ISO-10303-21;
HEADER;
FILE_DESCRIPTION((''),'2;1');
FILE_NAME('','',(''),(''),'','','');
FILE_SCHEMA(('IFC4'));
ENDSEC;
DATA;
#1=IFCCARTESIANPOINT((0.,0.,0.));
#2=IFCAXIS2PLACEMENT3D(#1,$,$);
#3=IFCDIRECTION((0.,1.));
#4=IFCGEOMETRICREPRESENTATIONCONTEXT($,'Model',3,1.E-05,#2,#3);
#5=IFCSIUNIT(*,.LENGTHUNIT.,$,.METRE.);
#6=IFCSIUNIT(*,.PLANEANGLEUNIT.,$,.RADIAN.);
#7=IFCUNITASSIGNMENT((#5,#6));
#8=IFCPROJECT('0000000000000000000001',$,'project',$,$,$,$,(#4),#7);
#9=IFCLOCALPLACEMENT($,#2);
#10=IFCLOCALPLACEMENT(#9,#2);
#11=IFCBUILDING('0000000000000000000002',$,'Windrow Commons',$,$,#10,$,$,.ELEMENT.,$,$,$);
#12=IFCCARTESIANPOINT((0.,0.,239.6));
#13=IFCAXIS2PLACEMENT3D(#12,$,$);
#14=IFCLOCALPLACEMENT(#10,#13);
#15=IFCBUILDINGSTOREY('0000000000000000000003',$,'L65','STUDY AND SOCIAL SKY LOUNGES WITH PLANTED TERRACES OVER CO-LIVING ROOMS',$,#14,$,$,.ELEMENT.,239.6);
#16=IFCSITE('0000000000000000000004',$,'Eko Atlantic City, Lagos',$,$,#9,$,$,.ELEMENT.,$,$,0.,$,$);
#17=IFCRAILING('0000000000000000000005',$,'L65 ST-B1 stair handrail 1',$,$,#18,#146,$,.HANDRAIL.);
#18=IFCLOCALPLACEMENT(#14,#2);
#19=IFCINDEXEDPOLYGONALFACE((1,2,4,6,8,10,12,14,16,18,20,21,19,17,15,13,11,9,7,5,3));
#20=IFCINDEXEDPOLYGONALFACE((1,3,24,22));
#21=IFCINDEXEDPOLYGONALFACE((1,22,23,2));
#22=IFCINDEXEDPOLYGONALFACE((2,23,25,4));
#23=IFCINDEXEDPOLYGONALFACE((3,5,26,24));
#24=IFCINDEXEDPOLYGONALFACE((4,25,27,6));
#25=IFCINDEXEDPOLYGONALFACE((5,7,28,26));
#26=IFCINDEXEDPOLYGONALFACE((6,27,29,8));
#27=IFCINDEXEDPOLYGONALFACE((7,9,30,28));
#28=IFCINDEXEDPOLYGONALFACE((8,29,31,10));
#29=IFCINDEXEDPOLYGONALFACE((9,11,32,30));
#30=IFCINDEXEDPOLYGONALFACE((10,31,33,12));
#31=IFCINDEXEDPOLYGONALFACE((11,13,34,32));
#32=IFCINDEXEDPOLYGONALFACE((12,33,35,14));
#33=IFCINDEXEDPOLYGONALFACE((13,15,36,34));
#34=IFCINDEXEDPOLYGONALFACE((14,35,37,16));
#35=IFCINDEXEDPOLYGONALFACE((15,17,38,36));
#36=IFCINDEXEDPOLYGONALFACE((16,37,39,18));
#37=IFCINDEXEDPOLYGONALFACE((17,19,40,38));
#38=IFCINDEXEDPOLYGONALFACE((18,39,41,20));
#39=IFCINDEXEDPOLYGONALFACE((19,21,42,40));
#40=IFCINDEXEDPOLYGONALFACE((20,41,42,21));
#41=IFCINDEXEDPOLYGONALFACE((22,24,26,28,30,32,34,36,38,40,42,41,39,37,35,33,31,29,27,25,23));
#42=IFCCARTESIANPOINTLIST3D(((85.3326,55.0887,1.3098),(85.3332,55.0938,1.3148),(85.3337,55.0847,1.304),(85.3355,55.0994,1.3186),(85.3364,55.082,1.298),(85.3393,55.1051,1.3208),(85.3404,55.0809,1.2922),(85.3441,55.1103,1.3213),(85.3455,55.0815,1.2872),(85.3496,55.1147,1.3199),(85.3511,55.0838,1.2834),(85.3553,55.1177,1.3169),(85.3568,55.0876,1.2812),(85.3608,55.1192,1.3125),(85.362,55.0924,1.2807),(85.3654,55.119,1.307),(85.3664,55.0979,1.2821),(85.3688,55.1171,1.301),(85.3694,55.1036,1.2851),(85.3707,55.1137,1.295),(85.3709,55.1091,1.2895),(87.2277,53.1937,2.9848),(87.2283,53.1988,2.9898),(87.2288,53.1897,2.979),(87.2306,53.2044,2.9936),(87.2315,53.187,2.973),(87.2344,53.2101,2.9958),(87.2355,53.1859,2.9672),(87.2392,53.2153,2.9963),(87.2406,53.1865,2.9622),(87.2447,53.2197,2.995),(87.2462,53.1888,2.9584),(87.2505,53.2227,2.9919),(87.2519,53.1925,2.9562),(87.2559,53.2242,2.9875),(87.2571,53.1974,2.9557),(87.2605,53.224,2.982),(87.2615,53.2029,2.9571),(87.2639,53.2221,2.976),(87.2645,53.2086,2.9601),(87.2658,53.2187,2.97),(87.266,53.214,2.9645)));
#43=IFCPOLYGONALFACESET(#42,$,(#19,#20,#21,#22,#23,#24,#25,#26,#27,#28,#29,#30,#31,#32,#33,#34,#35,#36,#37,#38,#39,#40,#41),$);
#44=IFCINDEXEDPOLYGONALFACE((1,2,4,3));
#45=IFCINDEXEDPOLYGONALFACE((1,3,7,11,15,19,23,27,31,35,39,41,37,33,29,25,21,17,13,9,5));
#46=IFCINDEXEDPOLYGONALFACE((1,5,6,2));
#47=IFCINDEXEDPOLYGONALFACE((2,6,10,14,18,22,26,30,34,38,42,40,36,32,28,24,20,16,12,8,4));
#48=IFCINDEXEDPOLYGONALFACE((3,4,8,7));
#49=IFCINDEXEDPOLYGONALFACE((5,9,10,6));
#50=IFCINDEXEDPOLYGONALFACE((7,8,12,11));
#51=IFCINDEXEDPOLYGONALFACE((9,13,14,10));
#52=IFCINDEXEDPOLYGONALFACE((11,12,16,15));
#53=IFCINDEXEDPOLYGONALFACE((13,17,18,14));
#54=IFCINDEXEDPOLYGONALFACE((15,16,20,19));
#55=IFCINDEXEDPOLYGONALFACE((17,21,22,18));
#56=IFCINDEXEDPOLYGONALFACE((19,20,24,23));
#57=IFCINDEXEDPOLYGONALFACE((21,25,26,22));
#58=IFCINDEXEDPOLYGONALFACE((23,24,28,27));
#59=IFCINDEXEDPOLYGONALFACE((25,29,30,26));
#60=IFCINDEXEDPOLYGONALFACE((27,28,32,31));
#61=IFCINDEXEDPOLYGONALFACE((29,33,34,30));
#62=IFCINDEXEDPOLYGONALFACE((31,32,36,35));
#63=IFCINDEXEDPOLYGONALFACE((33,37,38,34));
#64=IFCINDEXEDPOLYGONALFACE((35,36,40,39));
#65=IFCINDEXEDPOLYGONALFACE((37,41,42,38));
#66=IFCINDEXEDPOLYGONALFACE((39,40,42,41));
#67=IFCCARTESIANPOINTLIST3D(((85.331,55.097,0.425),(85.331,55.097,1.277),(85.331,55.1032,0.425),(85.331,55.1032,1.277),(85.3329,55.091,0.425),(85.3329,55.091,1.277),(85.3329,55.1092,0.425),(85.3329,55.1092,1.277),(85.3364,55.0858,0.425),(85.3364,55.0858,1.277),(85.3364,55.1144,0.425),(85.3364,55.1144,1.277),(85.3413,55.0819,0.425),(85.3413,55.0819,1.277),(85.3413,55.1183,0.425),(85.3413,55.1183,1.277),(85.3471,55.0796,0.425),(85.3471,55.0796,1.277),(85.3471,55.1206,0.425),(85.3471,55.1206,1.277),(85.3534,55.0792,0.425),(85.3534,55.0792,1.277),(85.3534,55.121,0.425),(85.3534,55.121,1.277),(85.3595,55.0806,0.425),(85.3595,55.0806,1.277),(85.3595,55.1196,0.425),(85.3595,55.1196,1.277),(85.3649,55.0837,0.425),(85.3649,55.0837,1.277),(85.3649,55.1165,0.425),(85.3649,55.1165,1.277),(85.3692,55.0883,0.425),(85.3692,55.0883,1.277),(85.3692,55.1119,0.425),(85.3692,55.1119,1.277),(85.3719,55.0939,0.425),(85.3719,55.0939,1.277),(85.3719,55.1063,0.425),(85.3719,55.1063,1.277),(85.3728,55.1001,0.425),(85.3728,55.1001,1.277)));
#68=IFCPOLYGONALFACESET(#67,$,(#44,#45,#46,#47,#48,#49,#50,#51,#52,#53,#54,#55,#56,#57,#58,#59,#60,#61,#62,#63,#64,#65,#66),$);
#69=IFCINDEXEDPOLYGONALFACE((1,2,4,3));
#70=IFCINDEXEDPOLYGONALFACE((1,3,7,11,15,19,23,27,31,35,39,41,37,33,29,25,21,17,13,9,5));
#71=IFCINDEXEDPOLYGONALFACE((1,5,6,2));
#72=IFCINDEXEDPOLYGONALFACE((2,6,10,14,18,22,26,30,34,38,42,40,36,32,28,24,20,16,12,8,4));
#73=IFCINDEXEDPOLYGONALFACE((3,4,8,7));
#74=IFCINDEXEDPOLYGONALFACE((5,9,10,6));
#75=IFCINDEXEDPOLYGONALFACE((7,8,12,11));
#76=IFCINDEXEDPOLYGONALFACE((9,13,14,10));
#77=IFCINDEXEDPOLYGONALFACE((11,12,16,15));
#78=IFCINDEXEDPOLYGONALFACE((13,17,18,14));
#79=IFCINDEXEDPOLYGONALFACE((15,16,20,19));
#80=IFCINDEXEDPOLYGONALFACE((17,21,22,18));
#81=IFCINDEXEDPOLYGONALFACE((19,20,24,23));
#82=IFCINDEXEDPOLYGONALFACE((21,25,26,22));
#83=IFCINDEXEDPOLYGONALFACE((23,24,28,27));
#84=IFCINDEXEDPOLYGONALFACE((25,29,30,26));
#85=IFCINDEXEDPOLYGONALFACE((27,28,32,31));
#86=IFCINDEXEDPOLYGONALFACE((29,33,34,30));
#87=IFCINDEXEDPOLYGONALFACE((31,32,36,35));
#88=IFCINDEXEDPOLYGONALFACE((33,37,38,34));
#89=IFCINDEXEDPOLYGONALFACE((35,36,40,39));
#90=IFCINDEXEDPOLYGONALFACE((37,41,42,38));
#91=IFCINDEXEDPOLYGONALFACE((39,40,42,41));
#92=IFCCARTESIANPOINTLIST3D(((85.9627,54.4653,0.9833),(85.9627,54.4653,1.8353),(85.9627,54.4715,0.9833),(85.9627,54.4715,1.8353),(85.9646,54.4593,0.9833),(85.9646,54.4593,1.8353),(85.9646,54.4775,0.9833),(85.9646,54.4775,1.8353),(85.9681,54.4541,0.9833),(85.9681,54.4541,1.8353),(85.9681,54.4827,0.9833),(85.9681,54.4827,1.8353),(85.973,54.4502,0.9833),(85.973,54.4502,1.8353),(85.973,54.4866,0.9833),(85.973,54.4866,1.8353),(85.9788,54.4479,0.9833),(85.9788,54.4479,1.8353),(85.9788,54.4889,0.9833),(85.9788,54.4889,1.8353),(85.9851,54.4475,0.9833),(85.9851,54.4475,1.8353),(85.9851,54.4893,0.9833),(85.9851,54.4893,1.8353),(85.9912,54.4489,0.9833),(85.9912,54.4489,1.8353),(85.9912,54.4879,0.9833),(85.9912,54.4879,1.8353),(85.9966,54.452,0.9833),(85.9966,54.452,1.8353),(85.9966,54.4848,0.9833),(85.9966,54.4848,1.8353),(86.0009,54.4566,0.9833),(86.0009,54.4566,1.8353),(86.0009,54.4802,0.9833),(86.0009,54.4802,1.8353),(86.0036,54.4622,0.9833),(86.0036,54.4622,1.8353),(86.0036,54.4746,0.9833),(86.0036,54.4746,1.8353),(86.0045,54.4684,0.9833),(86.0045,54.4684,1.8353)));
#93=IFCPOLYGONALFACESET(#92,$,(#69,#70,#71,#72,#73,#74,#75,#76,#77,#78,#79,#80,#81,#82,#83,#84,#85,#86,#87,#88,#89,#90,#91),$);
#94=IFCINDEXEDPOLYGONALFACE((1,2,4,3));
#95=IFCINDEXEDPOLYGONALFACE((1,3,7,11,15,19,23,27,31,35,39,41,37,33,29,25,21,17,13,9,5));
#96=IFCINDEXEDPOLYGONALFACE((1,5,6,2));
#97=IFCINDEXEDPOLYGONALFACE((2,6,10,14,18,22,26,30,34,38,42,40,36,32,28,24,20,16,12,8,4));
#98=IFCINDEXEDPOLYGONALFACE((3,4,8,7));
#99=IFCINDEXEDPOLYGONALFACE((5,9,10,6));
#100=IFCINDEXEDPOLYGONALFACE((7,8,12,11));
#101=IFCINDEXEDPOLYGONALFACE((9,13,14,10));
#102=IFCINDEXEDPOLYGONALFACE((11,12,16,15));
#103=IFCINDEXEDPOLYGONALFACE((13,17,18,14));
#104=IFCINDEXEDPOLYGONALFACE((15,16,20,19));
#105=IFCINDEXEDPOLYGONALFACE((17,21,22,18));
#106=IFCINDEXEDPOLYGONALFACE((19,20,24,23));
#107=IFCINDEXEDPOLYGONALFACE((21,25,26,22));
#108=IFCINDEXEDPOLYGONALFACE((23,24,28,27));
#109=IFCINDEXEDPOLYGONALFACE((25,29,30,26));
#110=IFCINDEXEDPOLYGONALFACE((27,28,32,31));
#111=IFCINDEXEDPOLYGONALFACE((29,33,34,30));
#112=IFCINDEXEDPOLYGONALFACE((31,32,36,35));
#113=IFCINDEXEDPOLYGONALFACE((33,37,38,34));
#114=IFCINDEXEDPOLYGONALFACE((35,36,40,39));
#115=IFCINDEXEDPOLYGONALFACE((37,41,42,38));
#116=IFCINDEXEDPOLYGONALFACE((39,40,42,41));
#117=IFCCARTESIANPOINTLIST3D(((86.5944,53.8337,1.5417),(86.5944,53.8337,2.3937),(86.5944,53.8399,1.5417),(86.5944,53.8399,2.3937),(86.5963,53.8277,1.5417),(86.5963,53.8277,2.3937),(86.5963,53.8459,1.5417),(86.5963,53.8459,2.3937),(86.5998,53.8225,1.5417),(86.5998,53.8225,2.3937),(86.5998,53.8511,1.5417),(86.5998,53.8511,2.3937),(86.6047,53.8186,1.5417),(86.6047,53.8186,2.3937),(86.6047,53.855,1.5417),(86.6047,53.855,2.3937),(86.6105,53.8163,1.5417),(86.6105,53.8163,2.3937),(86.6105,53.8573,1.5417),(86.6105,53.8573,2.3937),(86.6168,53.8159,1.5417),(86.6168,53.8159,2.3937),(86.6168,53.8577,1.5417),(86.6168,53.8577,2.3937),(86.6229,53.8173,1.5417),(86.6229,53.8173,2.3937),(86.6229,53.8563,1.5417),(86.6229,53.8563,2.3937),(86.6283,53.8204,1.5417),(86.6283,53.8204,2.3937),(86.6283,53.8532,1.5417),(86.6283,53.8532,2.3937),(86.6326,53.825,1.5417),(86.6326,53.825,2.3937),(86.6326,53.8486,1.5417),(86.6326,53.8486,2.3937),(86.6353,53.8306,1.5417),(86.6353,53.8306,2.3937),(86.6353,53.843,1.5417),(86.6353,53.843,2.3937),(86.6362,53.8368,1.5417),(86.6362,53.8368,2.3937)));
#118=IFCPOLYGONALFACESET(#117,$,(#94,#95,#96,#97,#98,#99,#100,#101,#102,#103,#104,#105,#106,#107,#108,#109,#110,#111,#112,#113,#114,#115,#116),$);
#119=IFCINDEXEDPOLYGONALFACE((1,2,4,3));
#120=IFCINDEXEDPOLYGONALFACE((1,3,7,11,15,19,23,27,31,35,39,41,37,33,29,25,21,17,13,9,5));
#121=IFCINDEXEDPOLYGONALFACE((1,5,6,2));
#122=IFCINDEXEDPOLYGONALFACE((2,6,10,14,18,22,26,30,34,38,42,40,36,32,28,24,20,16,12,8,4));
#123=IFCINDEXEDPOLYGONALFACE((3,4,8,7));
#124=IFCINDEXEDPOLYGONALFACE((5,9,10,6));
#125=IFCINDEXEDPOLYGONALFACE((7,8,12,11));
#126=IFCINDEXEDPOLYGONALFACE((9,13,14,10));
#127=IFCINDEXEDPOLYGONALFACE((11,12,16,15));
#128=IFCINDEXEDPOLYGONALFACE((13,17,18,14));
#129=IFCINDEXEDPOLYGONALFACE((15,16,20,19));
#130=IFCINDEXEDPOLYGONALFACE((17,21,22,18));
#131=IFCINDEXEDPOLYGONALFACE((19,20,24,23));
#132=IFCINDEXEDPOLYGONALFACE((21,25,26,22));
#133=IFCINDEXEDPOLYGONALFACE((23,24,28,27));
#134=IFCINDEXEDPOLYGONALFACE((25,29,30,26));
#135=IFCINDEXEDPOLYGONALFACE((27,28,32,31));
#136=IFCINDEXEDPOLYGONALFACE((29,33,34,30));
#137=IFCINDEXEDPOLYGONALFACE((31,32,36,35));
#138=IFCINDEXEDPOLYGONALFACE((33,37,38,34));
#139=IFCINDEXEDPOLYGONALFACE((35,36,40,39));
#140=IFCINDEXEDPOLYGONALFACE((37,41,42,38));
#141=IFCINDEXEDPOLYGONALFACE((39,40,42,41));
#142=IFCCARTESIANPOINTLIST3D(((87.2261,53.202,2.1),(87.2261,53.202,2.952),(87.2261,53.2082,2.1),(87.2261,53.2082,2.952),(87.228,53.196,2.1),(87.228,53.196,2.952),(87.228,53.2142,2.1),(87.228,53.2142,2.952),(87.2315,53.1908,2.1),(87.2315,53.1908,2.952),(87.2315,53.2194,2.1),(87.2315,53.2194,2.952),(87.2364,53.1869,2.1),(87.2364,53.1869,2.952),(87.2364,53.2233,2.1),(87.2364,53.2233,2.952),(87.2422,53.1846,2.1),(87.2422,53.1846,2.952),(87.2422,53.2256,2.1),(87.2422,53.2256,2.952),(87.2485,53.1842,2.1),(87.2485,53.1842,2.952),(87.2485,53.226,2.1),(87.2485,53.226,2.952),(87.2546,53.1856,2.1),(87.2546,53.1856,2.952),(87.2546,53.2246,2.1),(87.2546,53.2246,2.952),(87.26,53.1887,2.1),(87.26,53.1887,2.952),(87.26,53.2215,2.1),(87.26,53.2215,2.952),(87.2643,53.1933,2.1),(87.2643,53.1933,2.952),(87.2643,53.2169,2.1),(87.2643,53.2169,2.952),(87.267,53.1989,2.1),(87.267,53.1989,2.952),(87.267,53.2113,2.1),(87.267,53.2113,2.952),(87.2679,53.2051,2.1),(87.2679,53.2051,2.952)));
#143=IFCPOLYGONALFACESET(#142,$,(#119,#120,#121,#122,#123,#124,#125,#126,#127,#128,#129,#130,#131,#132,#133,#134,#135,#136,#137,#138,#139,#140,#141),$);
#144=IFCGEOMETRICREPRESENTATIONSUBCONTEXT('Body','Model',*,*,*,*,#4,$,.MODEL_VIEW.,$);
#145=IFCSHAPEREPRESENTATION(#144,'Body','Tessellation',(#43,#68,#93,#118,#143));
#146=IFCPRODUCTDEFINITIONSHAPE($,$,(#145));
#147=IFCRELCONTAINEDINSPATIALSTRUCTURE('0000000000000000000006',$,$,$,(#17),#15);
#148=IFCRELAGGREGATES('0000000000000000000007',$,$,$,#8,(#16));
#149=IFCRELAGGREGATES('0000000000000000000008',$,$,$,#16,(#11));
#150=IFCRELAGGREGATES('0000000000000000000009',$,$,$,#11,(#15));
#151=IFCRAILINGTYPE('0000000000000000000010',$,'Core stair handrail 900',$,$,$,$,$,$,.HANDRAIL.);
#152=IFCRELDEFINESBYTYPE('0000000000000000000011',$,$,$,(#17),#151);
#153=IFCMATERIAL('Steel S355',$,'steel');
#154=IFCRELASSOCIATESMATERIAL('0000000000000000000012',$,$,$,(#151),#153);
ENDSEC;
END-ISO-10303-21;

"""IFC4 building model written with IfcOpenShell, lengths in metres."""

from ifc_helpers import new_model, si_unit, direction, frame, origin, origin_2d, place, context, subcontext, project, spatial, circle, extrude, material, type_object, element, save


model = new_model("IFC4")

# Units and contexts
model_context = context("Model", 3, precision=1e-05, world=origin(), true_north=direction((0.0, 1.0)))
body_context = subcontext(model_context, "Body", "Model", "MODEL_VIEW")
ifc_project = project(units=[si_unit("LENGTHUNIT", "METRE"), si_unit("PLANEANGLEUNIT", "RADIAN")], contexts=[model_context])

# Site, building, storey
site_placement = place(None, origin())
site = spatial("IfcSite", under=ifc_project, at=site_placement, Name="Eko Atlantic City, Lagos", CompositionType="ELEMENT", RefElevation=0.0)
building_placement = place(site_placement, origin())
building = spatial("IfcBuilding", under=site, at=building_placement, Name="Windrow Commons", CompositionType="ELEMENT")
storey_placement = place(building_placement, frame((0.0, 0.0, 239.6)))
storey = spatial("IfcBuildingStorey", under=building, at=storey_placement, Name="L65", Description="STUDY AND SOCIAL SKY LOUNGES WITH PLANTED TERRACES OVER CO-LIVING ROOMS", CompositionType="ELEMENT", Elevation=239.6)

# Railing
ifc_material_1 = material(Name="Steel S355", Category="steel")
railing_type_1 = type_object("IfcRailingType", Name="Core stair handrail 900", PredefinedType="HANDRAIL", material=ifc_material_1)
railing_1_placement = place(storey_placement, frame((85.3518, 55.1001, 0.425)))
element("IfcRailing", 1, at=railing_1_placement, inside=storey, type_object=railing_type_1, Name="L65 ST-B1 stair handrail 1", PredefinedType="HANDRAIL", context=body_context, shape_type="SweptSolid", body=[
    extrude(circle(Radius=0.024, at=origin_2d()), frame((0.0, 0.0, 0.876), z_axis=(0.599642, -0.59961, 0.529998), x_axis=(0.707088, 0.707125, 0.0)), (0.0, 0.0, 1.0), 3.1604),
    extrude(circle(Radius=0.021, at=origin_2d()), origin(), (0.0, 0.0, 1.0), 0.852),
    extrude(circle(Radius=0.021, at=origin_2d()), frame((0.6317, -0.6317, 0.5583)), (0.0, 0.0, 1.0), 0.852),
    extrude(circle(Radius=0.021, at=origin_2d()), frame((1.2634, -1.2633, 1.1167)), (0.0, 0.0, 1.0), 0.852),
    extrude(circle(Radius=0.021, at=origin_2d()), frame((1.8951, -1.895, 1.675)), (0.0, 0.0, 1.0), 0.852),
])

save(model, "model.ifc")
